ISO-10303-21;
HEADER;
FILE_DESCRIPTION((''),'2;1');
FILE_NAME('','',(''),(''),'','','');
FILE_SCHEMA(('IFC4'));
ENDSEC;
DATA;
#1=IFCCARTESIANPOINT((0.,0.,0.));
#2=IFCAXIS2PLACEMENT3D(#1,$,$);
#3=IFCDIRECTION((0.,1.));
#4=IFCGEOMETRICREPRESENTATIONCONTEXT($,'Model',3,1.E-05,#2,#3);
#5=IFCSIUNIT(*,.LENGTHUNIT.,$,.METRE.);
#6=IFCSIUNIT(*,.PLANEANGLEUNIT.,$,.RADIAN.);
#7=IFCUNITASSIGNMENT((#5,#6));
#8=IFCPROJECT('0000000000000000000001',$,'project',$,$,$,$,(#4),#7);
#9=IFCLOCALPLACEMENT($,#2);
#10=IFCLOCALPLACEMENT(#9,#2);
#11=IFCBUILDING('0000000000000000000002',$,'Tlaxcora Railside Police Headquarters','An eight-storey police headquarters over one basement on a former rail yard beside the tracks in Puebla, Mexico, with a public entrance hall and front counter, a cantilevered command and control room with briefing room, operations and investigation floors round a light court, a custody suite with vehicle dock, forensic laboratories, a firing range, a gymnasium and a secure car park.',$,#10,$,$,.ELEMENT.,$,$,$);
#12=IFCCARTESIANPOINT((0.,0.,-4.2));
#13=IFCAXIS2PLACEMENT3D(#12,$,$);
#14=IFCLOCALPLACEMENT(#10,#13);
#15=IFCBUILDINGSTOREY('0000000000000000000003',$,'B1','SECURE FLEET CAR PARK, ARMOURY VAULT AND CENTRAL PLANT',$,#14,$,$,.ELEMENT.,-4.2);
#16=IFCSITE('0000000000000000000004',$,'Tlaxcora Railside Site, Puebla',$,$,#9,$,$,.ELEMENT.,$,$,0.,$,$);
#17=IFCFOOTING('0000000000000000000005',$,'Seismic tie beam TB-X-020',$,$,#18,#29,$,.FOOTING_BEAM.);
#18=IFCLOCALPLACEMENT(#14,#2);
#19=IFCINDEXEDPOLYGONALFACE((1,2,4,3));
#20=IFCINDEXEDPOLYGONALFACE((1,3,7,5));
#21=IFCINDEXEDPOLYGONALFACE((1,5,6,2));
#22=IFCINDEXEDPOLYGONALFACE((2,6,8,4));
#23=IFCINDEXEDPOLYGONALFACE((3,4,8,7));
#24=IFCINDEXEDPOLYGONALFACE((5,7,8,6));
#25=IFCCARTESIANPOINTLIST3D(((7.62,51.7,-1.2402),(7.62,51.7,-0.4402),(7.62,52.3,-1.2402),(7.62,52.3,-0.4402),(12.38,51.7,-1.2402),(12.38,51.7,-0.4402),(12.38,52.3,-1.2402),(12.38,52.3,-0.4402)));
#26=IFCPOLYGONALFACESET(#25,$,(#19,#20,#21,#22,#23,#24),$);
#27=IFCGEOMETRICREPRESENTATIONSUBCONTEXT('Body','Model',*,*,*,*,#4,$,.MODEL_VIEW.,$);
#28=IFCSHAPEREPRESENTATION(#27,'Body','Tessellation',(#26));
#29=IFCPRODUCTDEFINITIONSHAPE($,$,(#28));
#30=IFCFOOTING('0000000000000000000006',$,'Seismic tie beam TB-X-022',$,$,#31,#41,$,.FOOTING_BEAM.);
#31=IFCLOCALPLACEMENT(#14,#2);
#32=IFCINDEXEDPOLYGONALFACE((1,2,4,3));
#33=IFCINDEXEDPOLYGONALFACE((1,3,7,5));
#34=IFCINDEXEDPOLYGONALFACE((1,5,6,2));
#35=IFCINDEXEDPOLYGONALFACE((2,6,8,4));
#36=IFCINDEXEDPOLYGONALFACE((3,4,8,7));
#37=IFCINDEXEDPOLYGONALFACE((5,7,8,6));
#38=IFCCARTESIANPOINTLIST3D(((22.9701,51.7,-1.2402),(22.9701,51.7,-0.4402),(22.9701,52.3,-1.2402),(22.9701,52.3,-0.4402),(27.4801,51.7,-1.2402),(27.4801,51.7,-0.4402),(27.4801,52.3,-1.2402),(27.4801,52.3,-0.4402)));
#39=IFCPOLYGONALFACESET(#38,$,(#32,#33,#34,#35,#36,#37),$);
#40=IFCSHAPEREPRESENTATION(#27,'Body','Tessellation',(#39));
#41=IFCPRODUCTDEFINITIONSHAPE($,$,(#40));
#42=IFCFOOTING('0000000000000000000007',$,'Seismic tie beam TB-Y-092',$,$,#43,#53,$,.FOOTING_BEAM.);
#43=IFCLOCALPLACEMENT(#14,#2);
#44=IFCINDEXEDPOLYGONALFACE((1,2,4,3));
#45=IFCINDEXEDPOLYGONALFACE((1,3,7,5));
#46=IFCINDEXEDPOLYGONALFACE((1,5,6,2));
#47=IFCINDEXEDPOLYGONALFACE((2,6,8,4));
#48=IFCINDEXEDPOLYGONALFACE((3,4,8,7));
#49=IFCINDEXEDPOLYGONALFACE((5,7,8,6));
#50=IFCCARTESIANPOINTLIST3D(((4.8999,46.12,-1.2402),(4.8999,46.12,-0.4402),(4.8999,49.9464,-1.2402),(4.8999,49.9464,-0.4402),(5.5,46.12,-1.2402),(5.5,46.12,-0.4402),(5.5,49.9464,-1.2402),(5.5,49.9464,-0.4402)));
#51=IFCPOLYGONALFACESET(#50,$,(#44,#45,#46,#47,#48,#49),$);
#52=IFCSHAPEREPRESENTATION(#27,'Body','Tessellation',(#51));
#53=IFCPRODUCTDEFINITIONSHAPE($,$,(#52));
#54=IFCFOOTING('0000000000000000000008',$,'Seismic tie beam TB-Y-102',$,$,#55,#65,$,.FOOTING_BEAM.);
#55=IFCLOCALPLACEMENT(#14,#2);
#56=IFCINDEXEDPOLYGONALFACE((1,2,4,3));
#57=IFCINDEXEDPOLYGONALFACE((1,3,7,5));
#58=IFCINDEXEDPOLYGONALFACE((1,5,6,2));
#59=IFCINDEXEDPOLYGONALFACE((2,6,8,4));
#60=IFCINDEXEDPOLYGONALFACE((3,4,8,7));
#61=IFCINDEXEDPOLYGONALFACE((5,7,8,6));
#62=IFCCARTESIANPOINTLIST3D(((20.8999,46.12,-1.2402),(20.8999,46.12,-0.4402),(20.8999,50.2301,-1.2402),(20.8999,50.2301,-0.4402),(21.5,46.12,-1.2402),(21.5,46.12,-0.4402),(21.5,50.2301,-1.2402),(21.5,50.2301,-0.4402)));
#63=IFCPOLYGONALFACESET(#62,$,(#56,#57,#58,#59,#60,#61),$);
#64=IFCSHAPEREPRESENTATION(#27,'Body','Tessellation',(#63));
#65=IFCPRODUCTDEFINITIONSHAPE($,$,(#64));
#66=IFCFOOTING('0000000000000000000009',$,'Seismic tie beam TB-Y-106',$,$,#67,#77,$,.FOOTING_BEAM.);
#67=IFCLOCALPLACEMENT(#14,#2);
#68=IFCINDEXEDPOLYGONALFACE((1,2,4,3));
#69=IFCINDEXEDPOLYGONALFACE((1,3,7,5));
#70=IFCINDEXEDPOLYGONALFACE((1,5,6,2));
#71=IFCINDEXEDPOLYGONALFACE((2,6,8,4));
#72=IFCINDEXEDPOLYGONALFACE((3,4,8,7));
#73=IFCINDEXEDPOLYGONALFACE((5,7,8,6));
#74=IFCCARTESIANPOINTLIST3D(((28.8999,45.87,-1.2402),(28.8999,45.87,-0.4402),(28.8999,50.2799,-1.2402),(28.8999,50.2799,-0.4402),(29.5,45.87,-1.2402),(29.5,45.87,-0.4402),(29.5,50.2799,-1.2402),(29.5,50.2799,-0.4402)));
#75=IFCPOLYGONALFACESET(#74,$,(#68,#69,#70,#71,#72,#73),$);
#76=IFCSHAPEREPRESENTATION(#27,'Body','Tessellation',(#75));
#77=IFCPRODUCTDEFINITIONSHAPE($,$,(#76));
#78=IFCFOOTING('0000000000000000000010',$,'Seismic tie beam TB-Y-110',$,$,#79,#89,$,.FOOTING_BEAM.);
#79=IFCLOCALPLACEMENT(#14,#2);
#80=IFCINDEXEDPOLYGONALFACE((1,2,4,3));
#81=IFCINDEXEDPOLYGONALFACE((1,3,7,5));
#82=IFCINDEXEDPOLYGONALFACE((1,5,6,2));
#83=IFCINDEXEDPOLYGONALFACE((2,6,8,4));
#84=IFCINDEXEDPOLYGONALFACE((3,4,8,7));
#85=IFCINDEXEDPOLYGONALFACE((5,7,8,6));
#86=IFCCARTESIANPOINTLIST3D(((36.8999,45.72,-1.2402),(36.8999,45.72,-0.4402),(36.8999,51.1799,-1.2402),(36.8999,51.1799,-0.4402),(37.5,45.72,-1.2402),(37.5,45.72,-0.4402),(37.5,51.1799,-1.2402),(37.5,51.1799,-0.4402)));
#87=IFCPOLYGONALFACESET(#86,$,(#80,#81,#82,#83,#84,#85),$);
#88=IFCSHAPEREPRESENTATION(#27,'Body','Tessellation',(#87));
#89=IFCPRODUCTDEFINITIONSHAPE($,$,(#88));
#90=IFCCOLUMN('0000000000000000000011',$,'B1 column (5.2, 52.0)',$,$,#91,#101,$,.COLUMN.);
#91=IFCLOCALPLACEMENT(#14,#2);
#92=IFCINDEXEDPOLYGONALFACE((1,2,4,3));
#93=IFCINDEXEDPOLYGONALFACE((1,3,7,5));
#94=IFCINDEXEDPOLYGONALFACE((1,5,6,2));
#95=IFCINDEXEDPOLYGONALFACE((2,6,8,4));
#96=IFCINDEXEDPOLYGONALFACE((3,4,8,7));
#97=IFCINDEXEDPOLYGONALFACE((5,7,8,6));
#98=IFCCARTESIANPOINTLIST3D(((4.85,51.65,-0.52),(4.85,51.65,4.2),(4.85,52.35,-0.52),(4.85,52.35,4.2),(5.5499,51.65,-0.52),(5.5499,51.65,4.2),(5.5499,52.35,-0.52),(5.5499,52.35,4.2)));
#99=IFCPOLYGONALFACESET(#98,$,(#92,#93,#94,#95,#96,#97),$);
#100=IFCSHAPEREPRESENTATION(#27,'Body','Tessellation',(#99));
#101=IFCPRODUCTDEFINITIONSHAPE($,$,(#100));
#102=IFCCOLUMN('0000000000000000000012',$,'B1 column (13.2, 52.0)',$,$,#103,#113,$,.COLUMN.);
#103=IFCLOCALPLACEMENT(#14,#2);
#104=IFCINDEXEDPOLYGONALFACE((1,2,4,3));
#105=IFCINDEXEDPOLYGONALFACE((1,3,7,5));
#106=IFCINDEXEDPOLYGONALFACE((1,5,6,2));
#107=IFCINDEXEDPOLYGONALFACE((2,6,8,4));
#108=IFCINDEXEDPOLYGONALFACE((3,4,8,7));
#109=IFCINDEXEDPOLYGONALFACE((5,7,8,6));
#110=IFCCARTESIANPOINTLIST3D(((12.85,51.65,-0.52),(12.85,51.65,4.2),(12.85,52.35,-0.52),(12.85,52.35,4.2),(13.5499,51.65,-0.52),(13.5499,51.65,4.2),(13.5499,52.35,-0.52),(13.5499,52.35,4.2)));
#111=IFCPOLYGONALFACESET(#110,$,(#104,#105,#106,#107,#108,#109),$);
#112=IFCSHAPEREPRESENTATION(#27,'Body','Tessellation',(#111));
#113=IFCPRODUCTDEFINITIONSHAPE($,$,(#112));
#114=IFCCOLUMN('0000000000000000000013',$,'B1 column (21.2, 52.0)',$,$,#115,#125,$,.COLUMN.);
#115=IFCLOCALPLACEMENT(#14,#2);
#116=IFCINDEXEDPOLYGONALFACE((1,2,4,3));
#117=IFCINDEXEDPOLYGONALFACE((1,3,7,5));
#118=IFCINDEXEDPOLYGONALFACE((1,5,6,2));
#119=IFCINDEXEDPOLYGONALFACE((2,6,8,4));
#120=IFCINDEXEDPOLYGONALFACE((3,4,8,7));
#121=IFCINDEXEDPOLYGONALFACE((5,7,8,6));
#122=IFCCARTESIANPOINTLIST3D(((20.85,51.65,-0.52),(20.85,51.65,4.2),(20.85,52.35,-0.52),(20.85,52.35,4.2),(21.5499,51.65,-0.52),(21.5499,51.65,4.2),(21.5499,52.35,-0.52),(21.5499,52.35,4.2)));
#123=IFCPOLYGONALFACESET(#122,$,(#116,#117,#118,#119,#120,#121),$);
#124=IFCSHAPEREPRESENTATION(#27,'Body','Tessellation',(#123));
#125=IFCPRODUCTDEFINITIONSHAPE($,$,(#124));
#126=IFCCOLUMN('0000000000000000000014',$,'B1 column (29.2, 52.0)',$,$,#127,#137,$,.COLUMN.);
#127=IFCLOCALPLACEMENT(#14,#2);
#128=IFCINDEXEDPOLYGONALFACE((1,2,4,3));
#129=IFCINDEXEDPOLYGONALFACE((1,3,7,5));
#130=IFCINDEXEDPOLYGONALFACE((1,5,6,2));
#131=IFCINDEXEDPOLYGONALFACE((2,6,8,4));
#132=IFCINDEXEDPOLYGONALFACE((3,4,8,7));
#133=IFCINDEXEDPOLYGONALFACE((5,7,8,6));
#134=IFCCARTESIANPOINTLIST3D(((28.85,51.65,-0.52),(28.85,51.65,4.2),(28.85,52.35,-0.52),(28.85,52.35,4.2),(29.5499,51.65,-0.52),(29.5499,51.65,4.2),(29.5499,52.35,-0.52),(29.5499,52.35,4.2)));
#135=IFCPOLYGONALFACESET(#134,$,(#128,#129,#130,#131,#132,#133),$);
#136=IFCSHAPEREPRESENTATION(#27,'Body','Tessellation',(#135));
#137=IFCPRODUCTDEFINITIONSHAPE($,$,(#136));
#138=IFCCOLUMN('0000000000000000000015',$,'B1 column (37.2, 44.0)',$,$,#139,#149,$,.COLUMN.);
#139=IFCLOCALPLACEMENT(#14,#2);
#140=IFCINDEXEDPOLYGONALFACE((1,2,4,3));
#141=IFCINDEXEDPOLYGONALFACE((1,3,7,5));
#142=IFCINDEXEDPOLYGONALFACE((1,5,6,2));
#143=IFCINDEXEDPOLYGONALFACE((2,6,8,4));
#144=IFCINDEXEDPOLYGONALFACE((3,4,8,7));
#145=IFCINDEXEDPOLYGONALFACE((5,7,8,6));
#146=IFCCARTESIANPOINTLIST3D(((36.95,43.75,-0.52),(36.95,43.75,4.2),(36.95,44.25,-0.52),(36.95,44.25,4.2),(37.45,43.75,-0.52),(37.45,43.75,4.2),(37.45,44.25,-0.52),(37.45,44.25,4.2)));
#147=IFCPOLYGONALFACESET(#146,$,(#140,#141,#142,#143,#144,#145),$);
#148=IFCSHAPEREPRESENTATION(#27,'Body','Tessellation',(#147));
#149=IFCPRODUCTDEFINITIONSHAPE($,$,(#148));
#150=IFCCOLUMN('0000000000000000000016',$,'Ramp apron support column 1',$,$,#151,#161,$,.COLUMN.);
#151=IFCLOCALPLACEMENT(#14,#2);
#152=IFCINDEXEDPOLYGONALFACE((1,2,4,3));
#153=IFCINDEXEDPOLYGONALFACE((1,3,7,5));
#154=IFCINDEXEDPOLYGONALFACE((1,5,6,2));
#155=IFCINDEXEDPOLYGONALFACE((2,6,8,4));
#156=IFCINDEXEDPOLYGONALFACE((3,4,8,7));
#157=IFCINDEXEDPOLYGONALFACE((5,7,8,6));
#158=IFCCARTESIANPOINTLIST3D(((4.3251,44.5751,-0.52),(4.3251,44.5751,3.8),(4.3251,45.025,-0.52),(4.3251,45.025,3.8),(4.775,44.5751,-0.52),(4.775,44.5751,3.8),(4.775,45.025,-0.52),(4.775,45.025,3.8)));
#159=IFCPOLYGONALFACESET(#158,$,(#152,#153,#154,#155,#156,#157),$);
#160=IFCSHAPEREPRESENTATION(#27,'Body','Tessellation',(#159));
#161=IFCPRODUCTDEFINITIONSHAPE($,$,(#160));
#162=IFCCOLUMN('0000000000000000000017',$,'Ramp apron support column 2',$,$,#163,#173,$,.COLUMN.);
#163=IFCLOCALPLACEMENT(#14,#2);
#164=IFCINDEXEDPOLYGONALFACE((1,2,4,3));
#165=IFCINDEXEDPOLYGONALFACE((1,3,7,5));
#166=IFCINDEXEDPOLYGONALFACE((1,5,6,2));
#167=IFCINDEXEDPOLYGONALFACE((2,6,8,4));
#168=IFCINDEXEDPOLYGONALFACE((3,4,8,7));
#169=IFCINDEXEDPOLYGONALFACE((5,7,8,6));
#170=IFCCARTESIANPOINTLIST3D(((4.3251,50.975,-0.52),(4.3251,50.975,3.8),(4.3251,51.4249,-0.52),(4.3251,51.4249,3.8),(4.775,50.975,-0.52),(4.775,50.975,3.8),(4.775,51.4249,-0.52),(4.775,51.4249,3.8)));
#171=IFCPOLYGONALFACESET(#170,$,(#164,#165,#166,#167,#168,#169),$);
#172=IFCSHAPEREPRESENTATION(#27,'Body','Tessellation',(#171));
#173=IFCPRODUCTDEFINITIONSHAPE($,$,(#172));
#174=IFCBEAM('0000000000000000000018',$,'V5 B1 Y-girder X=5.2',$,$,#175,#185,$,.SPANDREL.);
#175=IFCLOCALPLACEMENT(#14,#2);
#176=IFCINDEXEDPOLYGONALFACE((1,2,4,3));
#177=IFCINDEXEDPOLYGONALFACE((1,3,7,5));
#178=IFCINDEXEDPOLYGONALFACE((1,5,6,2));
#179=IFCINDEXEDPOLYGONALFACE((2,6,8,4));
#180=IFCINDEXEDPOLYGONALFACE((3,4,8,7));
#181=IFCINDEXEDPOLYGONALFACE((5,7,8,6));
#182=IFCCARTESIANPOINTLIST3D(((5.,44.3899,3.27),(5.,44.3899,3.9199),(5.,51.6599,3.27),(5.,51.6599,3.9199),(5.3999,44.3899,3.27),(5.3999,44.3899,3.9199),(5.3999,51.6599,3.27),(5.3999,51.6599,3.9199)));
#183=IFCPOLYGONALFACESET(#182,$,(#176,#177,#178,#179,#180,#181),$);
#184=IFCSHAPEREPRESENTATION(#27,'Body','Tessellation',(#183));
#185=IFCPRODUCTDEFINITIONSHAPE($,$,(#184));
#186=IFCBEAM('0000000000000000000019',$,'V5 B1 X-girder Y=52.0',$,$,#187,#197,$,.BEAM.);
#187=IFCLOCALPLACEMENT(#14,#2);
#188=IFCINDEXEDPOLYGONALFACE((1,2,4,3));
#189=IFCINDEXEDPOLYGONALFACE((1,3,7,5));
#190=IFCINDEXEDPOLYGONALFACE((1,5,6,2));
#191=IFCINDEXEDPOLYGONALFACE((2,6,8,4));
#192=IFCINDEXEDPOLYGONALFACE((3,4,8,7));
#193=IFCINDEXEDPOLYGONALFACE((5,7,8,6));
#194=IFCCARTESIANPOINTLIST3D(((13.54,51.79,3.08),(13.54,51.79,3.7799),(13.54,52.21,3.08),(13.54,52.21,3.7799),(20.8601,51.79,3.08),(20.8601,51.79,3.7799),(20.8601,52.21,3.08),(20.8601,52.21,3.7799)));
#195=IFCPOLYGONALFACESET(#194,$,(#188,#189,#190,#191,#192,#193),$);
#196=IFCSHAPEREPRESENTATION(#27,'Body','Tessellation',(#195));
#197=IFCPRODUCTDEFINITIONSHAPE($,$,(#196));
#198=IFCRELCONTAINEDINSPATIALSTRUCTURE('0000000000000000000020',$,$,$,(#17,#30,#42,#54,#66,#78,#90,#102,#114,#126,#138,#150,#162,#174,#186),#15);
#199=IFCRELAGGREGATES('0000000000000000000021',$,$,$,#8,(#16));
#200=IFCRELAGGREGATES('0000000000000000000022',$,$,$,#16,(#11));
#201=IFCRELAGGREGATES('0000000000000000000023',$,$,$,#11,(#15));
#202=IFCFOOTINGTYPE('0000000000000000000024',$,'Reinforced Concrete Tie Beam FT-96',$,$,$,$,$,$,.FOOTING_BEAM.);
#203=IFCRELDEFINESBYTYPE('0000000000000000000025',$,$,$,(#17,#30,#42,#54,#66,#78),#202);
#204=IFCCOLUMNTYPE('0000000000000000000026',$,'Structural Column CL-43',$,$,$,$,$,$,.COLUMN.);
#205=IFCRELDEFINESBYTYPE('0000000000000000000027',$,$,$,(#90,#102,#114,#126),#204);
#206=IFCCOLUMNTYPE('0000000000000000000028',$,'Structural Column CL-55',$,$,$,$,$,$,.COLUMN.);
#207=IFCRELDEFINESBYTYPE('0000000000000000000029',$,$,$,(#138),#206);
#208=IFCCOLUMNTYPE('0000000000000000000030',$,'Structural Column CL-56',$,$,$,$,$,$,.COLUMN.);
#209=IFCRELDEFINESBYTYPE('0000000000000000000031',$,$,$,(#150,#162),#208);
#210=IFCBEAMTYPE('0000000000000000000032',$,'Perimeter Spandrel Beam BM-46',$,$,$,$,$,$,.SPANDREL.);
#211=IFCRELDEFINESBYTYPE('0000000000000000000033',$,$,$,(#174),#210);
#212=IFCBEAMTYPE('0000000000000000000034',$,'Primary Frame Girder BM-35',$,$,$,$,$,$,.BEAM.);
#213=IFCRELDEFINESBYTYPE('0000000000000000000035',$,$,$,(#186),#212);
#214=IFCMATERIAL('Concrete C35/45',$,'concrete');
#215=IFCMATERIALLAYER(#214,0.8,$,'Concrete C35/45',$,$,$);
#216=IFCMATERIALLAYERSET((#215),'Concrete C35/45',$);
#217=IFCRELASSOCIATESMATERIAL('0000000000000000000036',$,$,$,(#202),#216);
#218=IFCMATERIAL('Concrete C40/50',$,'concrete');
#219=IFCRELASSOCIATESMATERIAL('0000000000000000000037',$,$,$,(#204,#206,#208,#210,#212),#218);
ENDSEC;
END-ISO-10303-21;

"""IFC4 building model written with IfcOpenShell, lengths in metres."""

from ifc_helpers import new_model, si_unit, direction, frame, origin, origin_2d, place, context, subcontext, project, spatial, rectangle, extrude, material, layer, layer_set, material_profile, profile_set, type_object, element, save


model = new_model("IFC4")

# Units and contexts
model_context = context("Model", 3, precision=1e-05, world=origin(), true_north=direction((0.0, 1.0)))
body_context = subcontext(model_context, "Body", "Model", "MODEL_VIEW")
ifc_project = project(units=[si_unit("LENGTHUNIT", "METRE"), si_unit("PLANEANGLEUNIT", "RADIAN")], contexts=[model_context])

# Site, building, storey
site_placement = place(None, origin())
site = spatial("IfcSite", under=ifc_project, at=site_placement, Name="Tlaxcora Railside Site, Puebla", CompositionType="ELEMENT", RefElevation=0.0)
building_placement = place(site_placement, origin())
building = spatial("IfcBuilding", under=site, at=building_placement, Name="Tlaxcora Railside Police Headquarters", Description="An eight-storey police headquarters over one basement on a former rail yard beside the tracks in Puebla, Mexico, with a public entrance hall and front counter, a cantilevered command and control room with briefing room, operations and investigation floors round a light court, a custody suite with vehicle dock, forensic laboratories, a firing range, a gymnasium and a secure car park.", CompositionType="ELEMENT")
storey_placement = place(building_placement, frame((0.0, 0.0, -4.2)))
storey = spatial("IfcBuildingStorey", under=building, at=storey_placement, Name="B1", Description="SECURE FLEET CAR PARK, ARMOURY VAULT AND CENTRAL PLANT", CompositionType="ELEMENT", Elevation=-4.2)

# Shared definitions
ifc_material_1 = material(Name="Concrete C35/45", Category="concrete")

# Footings
ifc_material_2 = material(Name="Concrete C40/50", Category="concrete")
ifc_layer_1 = layer(ifc_material_1, 0.8, Name="Concrete C35/45")
ifc_layer_set_1 = layer_set([ifc_layer_1], Name="Concrete C35/45")
footing_type_1 = type_object("IfcFootingType", Name="Reinforced Concrete Tie Beam FT-96", PredefinedType="FOOTING_BEAM", material=ifc_layer_set_1)
footing_1_placement = place(storey_placement, frame((10.0, 52.0, -1.2402), z_axis=(0.0, 0.0, 1.0), x_axis=(1.0, 0.0, 0.0)))
element("IfcFooting", 1, at=footing_1_placement, inside=storey, type_object=footing_type_1, Name="Seismic tie beam TB-X-020", PredefinedType="FOOTING_BEAM", context=body_context, shape_type="SweptSolid", body=[
    extrude(rectangle(XDim=4.76, YDim=0.6001, at=origin_2d()), origin(), (0.0, 0.0, 1.0), 0.8),
])
footing_2_placement = place(storey_placement, frame((25.2251, 52.0, -1.2402), z_axis=(0.0, 0.0, 1.0), x_axis=(1.0, 0.0, 0.0)))
element("IfcFooting", 2, at=footing_2_placement, inside=storey, type_object=footing_type_1, Name="Seismic tie beam TB-X-022", PredefinedType="FOOTING_BEAM", context=body_context, shape_type="SweptSolid", body=[
    extrude(rectangle(XDim=4.51, YDim=0.6001, at=origin_2d()), origin(), (0.0, 0.0, 1.0), 0.8),
])
footing_3_placement = place(storey_placement, frame((5.2, 48.0332, -1.2402), z_axis=(0.0, 0.0, 1.0), x_axis=(0.0, 1.0, 0.0)))
element("IfcFooting", 3, at=footing_3_placement, inside=storey, type_object=footing_type_1, Name="Seismic tie beam TB-Y-092", PredefinedType="FOOTING_BEAM", context=body_context, shape_type="SweptSolid", body=[
    extrude(rectangle(XDim=3.8264, YDim=0.6001, at=origin_2d()), origin(), (0.0, 0.0, 1.0), 0.8),
])
footing_4_placement = place(storey_placement, frame((21.2, 48.175, -1.2402), z_axis=(0.0, 0.0, 1.0), x_axis=(0.0, 1.0, 0.0)))
element("IfcFooting", 4, at=footing_4_placement, inside=storey, type_object=footing_type_1, Name="Seismic tie beam TB-Y-102", PredefinedType="FOOTING_BEAM", context=body_context, shape_type="SweptSolid", body=[
    extrude(rectangle(XDim=4.1101, YDim=0.6001, at=origin_2d()), origin(), (0.0, 0.0, 1.0), 0.8),
])
footing_5_placement = place(storey_placement, frame((29.2, 48.075, -1.2402), z_axis=(0.0, 0.0, 1.0), x_axis=(0.0, 1.0, 0.0)))
element("IfcFooting", 5, at=footing_5_placement, inside=storey, type_object=footing_type_1, Name="Seismic tie beam TB-Y-106", PredefinedType="FOOTING_BEAM", context=body_context, shape_type="SweptSolid", body=[
    extrude(rectangle(XDim=4.4099, YDim=0.6001, at=origin_2d()), origin(), (0.0, 0.0, 1.0), 0.8),
])
footing_6_placement = place(storey_placement, frame((37.2, 48.45, -1.2402), z_axis=(0.0, 0.0, 1.0), x_axis=(0.0, 1.0, 0.0)))
element("IfcFooting", 6, at=footing_6_placement, inside=storey, type_object=footing_type_1, Name="Seismic tie beam TB-Y-110", PredefinedType="FOOTING_BEAM", context=body_context, shape_type="SweptSolid", body=[
    extrude(rectangle(XDim=5.46, YDim=0.6001, at=origin_2d()), origin(), (0.0, 0.0, 1.0), 0.8),
])

# Columns
ifc_material_profile_1 = material_profile(ifc_material_2, rectangle(XDim=0.7, YDim=0.7, at=origin_2d()), Name="RC700X700")
ifc_profile_set_1 = profile_set([ifc_material_profile_1], Name="Concrete C40/50")
column_type_1 = type_object("IfcColumnType", Name="Structural Column CL-43", PredefinedType="COLUMN", material=ifc_profile_set_1)
for number, where, z_axis, x_axis, name in (
    (7, (5.2, 52.0, -0.52), (0.0, 0.0, 1.0), (1.0, 0.0, 0.0), "B1 column (5.2, 52.0)"),
    (8, (13.2, 52.0, -0.52), (0.0, 0.0, 1.0), (1.0, 0.0, 0.0), "B1 column (13.2, 52.0)"),
    (9, (21.2, 52.0, -0.52), (0.0, 0.0, 1.0), (1.0, 0.0, 0.0), "B1 column (21.2, 52.0)"),
    (10, (29.2, 52.0, -0.52), (0.0, 0.0, 1.0), (1.0, 0.0, 0.0), "B1 column (29.2, 52.0)"),
):
    element("IfcColumn", number, at=place(storey_placement, frame(where, z_axis=z_axis, x_axis=x_axis)), inside=storey, type_object=column_type_1, Name=name, PredefinedType="COLUMN", context=body_context, shape_type="SweptSolid", body=[
        extrude(rectangle(XDim=0.7, YDim=0.7, at=origin_2d()), origin(), (0.0, 0.0, 1.0), 4.72),
    ])
ifc_material_profile_2 = material_profile(ifc_material_2, rectangle(XDim=0.5, YDim=0.5, at=origin_2d()), Name="RC500X500")
ifc_profile_set_2 = profile_set([ifc_material_profile_2], Name="Concrete C40/50")
column_type_2 = type_object("IfcColumnType", Name="Structural Column CL-55", PredefinedType="COLUMN", material=ifc_profile_set_2)
column_placement = place(storey_placement, frame((37.2, 44.0, -0.52), z_axis=(0.0, 0.0, 1.0), x_axis=(1.0, 0.0, 0.0)))
element("IfcColumn", 11, at=column_placement, inside=storey, type_object=column_type_2, Name="B1 column (37.2, 44.0)", PredefinedType="COLUMN", context=body_context, shape_type="SweptSolid", body=[
    extrude(rectangle(XDim=0.5, YDim=0.5, at=origin_2d()), origin(), (0.0, 0.0, 1.0), 4.72),
])
ifc_material_profile_3 = material_profile(ifc_material_2, rectangle(XDim=0.45, YDim=0.45, at=origin_2d()), Name="RC450X450")
ifc_profile_set_3 = profile_set([ifc_material_profile_3], Name="Concrete C40/50")
column_type_3 = type_object("IfcColumnType", Name="Structural Column CL-56", PredefinedType="COLUMN", material=ifc_profile_set_3)
for number, where, z_axis, x_axis, name in (
    (12, (4.55, 44.8, -0.52), (0.0, 0.0, 1.0), (1.0, 0.0, 0.0), "Ramp apron support column 1"),
    (13, (4.55, 51.2, -0.52), (0.0, 0.0, 1.0), (1.0, 0.0, 0.0), "Ramp apron support column 2"),
):
    element("IfcColumn", number, at=place(storey_placement, frame(where, z_axis=z_axis, x_axis=x_axis)), inside=storey, type_object=column_type_3, Name=name, PredefinedType="COLUMN", context=body_context, shape_type="SweptSolid", body=[
        extrude(rectangle(XDim=0.45, YDim=0.45, at=origin_2d()), origin(), (0.0, 0.0, 1.0), 4.3201),
    ])

# Beams
ifc_material_profile_4 = material_profile(ifc_material_2, rectangle(XDim=0.3999, YDim=0.6499, at=origin_2d()), Name="RC400X650")
ifc_profile_set_4 = profile_set([ifc_material_profile_4], Name="Concrete C40/50")
beam_type_1 = type_object("IfcBeamType", Name="Perimeter Spandrel Beam BM-46", PredefinedType="SPANDREL", material=ifc_profile_set_4)
beam_1_placement = place(storey_placement, frame((5.2, 44.3899, 3.595), z_axis=(0.0, 1.0, 0.0), x_axis=(-1.0, 0.0, 0.0)))
element("IfcBeam", 14, at=beam_1_placement, inside=storey, type_object=beam_type_1, Name="V5 B1 Y-girder X=5.2", PredefinedType="SPANDREL", context=body_context, shape_type="SweptSolid", body=[
    extrude(rectangle(XDim=0.3999, YDim=0.6499, at=origin_2d()), origin(), (0.0, 0.0, 1.0), 7.27),
])
ifc_material_profile_5 = material_profile(ifc_material_2, rectangle(XDim=0.4199, YDim=0.7, at=origin_2d()), Name="RC420X700")
ifc_profile_set_5 = profile_set([ifc_material_profile_5], Name="Concrete C40/50")
beam_type_2 = type_object("IfcBeamType", Name="Primary Frame Girder BM-35", PredefinedType="BEAM", material=ifc_profile_set_5)
beam_2_placement = place(storey_placement, frame((13.54, 52.0, 3.4299), z_axis=(1.0, 0.0, 0.0), x_axis=(0.0, 1.0, 0.0)))
element("IfcBeam", 15, at=beam_2_placement, inside=storey, type_object=beam_type_2, Name="V5 B1 X-girder Y=52.0", PredefinedType="BEAM", context=body_context, shape_type="SweptSolid", body=[
    extrude(rectangle(XDim=0.4199, YDim=0.7, at=origin_2d()), origin(), (0.0, 0.0, 1.0), 7.3201),
])

save(model, "model.ifc")
